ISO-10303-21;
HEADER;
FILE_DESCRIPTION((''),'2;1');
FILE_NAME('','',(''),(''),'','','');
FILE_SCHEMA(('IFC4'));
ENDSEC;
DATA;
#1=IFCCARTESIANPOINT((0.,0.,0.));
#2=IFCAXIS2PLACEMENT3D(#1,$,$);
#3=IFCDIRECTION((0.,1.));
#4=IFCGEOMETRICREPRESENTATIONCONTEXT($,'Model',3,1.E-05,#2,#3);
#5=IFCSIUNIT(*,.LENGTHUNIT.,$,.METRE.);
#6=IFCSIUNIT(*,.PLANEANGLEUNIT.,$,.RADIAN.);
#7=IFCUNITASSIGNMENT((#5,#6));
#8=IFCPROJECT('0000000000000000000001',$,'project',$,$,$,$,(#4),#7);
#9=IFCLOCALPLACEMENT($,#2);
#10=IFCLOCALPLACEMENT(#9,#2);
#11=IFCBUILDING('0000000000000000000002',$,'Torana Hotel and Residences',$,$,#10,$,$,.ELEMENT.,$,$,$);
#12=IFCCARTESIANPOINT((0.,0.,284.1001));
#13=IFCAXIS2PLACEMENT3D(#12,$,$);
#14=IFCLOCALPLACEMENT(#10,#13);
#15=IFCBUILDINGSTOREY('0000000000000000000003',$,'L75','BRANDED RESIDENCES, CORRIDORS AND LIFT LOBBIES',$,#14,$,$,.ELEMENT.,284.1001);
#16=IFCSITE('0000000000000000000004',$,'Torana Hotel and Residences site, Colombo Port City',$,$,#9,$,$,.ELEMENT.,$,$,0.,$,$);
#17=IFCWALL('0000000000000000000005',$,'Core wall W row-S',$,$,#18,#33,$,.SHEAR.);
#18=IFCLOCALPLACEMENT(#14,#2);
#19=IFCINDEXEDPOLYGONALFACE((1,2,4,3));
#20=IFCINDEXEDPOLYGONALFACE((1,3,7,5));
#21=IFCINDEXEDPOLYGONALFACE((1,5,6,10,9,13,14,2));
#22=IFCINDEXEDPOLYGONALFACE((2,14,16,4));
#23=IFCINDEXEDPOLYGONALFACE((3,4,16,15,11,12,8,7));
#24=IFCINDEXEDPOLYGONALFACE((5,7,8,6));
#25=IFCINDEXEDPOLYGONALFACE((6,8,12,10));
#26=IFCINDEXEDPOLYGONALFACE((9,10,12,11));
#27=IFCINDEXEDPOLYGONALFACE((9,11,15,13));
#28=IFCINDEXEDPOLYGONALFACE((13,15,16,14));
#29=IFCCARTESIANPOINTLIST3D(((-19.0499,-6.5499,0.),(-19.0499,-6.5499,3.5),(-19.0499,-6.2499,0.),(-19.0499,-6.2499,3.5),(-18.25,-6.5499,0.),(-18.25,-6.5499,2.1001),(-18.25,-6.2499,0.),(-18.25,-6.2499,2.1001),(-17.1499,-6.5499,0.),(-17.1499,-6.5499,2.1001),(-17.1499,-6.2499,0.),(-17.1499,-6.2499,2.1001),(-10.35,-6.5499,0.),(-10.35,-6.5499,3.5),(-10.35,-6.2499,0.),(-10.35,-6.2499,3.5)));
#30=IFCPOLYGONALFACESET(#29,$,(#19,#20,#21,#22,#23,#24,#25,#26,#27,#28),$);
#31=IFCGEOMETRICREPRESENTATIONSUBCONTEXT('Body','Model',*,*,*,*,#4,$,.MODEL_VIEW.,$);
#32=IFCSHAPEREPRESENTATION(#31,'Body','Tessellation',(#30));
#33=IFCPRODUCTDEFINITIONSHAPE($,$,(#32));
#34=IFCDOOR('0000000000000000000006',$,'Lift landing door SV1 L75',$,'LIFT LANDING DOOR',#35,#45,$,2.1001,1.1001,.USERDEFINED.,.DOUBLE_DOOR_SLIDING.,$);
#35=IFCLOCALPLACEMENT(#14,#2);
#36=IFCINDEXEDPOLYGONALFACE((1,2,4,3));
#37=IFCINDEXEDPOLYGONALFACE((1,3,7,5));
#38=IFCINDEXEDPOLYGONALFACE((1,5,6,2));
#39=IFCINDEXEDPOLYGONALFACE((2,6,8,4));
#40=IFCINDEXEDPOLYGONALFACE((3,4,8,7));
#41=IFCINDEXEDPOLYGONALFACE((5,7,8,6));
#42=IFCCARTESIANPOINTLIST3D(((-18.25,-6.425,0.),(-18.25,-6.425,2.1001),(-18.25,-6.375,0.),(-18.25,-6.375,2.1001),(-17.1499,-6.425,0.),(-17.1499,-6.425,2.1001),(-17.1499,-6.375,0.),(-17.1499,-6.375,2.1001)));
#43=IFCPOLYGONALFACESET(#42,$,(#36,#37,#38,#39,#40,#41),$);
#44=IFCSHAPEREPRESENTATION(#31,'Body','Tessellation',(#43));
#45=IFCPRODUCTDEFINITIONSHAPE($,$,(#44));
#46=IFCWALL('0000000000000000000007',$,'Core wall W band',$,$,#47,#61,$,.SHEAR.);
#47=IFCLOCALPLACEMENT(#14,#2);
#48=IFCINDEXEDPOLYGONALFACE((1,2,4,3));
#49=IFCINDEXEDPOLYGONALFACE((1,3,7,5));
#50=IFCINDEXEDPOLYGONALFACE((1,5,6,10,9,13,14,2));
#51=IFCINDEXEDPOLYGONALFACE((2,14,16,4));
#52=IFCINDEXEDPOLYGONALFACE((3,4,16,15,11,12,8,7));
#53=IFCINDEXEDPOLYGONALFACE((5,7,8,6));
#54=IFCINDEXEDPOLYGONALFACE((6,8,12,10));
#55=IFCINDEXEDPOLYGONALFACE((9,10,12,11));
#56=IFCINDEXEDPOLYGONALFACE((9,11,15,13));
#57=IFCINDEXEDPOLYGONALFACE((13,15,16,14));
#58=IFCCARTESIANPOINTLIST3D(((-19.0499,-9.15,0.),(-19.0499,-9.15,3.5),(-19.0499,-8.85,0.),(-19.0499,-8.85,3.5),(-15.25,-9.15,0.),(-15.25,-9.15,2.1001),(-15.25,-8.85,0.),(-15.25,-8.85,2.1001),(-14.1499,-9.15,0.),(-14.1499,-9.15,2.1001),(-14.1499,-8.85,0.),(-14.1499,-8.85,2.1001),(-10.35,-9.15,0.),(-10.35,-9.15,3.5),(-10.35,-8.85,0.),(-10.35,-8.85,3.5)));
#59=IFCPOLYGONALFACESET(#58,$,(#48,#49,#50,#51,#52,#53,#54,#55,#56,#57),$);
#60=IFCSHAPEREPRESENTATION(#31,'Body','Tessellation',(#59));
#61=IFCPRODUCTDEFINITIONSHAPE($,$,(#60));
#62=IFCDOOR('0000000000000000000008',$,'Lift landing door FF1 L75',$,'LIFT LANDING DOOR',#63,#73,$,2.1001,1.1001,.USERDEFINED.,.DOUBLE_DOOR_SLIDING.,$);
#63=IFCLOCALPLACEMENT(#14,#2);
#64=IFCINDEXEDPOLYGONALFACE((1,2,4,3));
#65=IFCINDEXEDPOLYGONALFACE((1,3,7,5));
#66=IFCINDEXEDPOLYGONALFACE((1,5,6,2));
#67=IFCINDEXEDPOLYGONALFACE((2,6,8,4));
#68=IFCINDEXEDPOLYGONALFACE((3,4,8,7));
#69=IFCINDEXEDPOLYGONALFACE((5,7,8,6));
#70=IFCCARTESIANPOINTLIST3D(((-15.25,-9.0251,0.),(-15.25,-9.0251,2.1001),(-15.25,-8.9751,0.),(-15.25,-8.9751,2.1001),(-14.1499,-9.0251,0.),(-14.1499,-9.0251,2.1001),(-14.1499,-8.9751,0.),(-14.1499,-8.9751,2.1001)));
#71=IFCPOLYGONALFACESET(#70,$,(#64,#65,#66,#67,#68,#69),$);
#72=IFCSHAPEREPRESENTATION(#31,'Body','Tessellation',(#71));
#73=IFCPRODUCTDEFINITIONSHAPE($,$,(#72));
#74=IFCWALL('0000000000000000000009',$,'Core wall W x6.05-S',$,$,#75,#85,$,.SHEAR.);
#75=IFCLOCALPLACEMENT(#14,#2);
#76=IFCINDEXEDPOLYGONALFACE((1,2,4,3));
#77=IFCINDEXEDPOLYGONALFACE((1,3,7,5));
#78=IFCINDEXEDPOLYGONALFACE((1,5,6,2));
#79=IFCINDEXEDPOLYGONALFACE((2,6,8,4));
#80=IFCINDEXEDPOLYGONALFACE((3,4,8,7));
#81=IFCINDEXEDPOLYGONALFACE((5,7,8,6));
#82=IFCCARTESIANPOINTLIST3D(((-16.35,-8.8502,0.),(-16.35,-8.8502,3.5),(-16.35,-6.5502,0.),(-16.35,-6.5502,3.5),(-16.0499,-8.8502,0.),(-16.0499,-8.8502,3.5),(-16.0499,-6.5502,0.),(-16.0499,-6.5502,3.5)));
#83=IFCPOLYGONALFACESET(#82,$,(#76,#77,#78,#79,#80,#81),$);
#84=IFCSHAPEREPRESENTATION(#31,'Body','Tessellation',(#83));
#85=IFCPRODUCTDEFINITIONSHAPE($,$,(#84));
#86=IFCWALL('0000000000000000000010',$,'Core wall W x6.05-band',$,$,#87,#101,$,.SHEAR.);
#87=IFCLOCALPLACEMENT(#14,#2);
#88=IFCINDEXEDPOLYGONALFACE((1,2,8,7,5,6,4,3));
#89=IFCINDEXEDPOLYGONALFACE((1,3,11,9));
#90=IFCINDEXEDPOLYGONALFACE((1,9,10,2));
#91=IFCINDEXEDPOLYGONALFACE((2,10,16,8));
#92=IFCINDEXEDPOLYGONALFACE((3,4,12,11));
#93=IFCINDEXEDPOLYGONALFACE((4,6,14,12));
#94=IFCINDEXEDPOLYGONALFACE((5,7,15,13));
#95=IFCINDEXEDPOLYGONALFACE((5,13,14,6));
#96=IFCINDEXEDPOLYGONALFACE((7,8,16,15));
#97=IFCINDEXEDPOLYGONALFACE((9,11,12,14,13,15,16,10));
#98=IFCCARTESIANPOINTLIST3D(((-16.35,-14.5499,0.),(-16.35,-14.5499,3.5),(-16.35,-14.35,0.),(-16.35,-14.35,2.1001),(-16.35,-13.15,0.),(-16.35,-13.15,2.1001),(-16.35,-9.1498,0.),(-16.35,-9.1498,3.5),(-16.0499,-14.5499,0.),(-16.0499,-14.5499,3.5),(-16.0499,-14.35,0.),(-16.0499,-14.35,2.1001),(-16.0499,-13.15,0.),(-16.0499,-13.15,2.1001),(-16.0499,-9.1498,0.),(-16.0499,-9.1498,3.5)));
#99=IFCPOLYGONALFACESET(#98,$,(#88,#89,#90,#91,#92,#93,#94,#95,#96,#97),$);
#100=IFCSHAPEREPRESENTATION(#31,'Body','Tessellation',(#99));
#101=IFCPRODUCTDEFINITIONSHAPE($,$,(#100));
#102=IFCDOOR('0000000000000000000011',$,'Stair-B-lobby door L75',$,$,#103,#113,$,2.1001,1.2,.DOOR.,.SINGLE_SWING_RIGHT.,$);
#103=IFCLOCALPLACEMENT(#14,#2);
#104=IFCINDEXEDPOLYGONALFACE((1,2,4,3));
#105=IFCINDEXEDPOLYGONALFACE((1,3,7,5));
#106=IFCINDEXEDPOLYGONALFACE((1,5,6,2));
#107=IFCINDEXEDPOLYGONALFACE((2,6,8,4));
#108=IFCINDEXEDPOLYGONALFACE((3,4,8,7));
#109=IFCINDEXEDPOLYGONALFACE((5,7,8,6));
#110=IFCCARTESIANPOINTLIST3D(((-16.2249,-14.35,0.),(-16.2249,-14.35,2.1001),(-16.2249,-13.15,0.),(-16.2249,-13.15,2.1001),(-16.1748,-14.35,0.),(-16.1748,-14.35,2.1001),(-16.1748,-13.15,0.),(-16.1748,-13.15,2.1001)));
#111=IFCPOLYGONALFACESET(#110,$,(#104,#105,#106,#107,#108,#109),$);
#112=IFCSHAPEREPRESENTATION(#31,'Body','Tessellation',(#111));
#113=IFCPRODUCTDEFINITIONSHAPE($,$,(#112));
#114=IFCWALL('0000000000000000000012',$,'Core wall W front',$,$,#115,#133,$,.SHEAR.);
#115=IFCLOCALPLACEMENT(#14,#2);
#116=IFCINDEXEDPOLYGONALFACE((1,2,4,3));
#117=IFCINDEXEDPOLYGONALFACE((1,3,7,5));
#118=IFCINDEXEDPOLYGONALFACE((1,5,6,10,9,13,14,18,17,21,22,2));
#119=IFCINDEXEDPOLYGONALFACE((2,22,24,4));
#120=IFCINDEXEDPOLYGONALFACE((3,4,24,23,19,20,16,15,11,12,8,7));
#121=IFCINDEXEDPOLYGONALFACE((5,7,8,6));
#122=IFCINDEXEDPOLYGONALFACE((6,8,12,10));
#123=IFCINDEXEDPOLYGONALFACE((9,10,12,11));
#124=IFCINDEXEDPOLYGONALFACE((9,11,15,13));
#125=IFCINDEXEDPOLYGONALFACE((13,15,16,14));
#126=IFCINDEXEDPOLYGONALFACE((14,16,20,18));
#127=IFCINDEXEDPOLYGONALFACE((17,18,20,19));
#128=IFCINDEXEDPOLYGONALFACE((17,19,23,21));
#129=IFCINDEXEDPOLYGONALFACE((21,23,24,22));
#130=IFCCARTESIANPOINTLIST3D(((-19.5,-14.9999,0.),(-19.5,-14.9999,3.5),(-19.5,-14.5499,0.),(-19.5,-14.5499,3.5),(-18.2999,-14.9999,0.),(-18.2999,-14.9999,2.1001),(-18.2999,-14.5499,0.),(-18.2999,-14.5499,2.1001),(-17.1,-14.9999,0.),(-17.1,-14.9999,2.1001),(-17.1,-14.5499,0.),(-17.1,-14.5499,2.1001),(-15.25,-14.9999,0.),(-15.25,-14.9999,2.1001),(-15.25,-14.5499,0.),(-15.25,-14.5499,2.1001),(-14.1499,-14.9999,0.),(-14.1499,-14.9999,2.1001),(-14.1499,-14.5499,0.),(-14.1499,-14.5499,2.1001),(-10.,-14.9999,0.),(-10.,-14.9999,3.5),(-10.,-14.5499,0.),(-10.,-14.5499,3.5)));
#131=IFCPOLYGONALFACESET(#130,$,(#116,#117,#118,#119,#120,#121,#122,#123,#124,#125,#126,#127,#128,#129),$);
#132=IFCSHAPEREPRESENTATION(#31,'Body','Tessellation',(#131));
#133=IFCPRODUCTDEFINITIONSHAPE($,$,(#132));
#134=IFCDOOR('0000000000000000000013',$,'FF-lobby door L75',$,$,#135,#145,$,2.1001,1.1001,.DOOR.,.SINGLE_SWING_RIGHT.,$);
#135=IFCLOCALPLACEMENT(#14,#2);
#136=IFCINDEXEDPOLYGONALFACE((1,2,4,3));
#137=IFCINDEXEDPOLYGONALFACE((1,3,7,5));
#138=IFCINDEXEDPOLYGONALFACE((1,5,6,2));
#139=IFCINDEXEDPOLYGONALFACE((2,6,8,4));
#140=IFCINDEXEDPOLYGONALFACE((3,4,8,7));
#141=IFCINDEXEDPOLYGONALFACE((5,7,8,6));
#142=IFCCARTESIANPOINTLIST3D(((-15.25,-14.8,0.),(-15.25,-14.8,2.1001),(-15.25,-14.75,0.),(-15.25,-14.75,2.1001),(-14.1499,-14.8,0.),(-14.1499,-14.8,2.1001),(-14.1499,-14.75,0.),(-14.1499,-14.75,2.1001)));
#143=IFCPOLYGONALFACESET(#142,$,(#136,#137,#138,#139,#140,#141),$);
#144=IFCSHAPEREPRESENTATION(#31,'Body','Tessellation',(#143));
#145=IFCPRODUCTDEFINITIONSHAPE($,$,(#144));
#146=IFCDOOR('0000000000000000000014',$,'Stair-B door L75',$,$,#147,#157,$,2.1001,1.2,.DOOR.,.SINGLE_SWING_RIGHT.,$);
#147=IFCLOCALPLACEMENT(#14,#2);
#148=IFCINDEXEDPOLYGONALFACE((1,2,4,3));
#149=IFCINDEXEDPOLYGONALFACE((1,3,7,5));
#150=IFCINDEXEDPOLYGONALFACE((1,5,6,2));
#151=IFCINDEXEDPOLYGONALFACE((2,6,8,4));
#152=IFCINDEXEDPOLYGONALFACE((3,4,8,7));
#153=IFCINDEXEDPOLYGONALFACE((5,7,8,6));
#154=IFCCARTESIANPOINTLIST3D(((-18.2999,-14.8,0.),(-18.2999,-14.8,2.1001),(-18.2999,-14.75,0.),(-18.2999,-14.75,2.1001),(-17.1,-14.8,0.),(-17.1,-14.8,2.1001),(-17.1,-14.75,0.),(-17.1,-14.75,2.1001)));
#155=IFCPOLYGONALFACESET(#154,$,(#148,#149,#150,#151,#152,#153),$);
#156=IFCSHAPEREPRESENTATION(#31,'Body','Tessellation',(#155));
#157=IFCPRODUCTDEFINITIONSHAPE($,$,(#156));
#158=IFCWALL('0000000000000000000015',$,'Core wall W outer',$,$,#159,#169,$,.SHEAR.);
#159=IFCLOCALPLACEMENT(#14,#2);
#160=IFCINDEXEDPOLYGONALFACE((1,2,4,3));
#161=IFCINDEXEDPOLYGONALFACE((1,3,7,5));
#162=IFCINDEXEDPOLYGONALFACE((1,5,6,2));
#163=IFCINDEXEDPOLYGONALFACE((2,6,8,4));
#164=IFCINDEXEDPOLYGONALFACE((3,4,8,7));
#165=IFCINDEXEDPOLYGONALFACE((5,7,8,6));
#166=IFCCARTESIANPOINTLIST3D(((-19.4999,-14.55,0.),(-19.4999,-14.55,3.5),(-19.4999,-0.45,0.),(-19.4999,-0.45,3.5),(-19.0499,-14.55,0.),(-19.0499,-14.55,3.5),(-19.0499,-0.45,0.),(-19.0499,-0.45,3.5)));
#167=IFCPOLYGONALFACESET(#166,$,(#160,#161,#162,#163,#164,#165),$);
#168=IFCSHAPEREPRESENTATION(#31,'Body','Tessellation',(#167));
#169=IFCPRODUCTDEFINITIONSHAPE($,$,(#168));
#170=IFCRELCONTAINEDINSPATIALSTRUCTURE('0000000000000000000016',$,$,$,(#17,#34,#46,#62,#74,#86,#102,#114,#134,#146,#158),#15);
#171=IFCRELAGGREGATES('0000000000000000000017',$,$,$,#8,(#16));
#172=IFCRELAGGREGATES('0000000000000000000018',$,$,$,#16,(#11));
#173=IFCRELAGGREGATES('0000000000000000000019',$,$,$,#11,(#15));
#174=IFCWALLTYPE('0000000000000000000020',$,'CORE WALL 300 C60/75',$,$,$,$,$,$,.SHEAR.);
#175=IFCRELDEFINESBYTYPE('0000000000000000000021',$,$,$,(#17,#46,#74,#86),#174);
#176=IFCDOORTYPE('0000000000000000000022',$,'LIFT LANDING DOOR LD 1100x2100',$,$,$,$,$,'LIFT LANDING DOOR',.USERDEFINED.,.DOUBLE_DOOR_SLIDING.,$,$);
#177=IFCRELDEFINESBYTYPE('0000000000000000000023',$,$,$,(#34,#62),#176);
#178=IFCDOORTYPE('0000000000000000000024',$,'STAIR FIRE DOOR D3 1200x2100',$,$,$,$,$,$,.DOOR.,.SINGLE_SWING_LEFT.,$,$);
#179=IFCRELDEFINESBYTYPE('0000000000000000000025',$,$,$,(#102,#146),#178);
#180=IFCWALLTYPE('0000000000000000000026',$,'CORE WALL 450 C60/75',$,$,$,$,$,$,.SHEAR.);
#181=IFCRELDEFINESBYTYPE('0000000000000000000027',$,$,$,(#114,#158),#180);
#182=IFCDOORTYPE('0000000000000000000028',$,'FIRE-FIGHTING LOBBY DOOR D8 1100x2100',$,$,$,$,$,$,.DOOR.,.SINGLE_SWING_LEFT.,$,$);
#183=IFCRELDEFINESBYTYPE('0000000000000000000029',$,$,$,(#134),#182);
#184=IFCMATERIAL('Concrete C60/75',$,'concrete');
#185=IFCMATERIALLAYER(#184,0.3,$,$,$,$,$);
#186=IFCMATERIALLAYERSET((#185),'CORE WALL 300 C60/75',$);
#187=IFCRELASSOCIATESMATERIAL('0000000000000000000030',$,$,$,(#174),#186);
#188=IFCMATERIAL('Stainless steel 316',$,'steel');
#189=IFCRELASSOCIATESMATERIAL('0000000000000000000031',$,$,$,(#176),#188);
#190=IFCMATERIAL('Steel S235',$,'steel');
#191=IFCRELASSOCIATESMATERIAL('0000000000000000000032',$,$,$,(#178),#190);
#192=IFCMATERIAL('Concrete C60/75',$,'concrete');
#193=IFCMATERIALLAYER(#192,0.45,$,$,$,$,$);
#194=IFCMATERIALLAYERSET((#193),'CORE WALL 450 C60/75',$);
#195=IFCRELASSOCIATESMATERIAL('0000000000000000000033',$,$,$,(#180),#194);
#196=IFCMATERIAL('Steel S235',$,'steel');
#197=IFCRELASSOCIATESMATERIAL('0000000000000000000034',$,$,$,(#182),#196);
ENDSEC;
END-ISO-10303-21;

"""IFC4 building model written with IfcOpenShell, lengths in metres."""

from ifc_helpers import new_model, si_unit, direction, frame, frame_2d, origin, place, context, subcontext, project, spatial, rectangle, extrude, material, layer, layer_set, type_object, element, fill, save


model = new_model("IFC4")

# Units and contexts
model_context = context("Model", 3, precision=1e-05, world=origin(), true_north=direction((0.0, 1.0)))
body_context = subcontext(model_context, "Body", "Model", "MODEL_VIEW")
ifc_project = project(units=[si_unit("LENGTHUNIT", "METRE"), si_unit("PLANEANGLEUNIT", "RADIAN")], contexts=[model_context])

# Site, building, storey
site_placement = place(None, origin())
site = spatial("IfcSite", under=ifc_project, at=site_placement, Name="Torana Hotel and Residences site, Colombo Port City", CompositionType="ELEMENT", RefElevation=0.0)
building_placement = place(site_placement, origin())
building = spatial("IfcBuilding", under=site, at=building_placement, Name="Torana Hotel and Residences", CompositionType="ELEMENT")
storey_placement = place(building_placement, frame((0.0, 0.0, 284.1001)))
storey = spatial("IfcBuildingStorey", under=building, at=storey_placement, Name="L75", Description="BRANDED RESIDENCES, CORRIDORS AND LIFT LOBBIES", CompositionType="ELEMENT", Elevation=284.1001)

# Walls, openings, doors
ifc_material_1 = material(Name="Concrete C60/75", Category="concrete")
ifc_layer_1 = layer(ifc_material_1, 0.3)
ifc_layer_set_1 = layer_set([ifc_layer_1], Name="CORE WALL 300 C60/75")
wall_type_1 = type_object("IfcWallType", Name="CORE WALL 300 C60/75", PredefinedType="SHEAR", material=ifc_layer_set_1)
wall_1_placement = place(storey_placement, frame((-19.05, -6.3999, 0.0), z_axis=(0.0, 0.0, 1.0), x_axis=(1.0, 0.0, 0.0)))
wall_1 = element("IfcWall", 1, at=wall_1_placement, inside=storey, type_object=wall_type_1, Name="Core wall W row-S", PredefinedType="SHEAR", context=body_context, shape_type="SweptSolid", body=[
    extrude(rectangle(XDim=8.7, YDim=0.3, at=frame_2d((4.3501, 0.0))), origin(), (0.0, 0.0, 1.0), 3.5),
])
opening_1_placement = place(wall_1_placement, frame((0.8, 0.0, 0.0)))
opening_1 = element("IfcOpeningElement", 2, at=opening_1_placement, cuts=wall_1, PredefinedType="OPENING", context=body_context, shape_type="SweptSolid", body=[
    extrude(rectangle(XDim=1.1001, YDim=2.1001, at=frame_2d((0.55, 1.05))), frame((0.0, 0.1599, 0.0), z_axis=(0.0, -1.0, 0.0), x_axis=(1.0, 0.0, 0.0)), (0.0, 0.0, 1.0), 0.3201),
])
ifc_material_2 = material(Name="Stainless steel 316", Category="steel")
door_type_1 = type_object("IfcDoorType", Name="LIFT LANDING DOOR LD 1100x2100", ElementType="LIFT LANDING DOOR", OperationType="DOUBLE_DOOR_SLIDING", PredefinedType="USERDEFINED", material=ifc_material_2)
door_1_placement = place(opening_1_placement, origin())
door_1 = element("IfcDoor", 3, at=door_1_placement, inside=storey, type_object=door_type_1, Name="Lift landing door SV1 L75", ObjectType="LIFT LANDING DOOR", OperationType="DOUBLE_DOOR_SLIDING", OverallHeight=2.1001, OverallWidth=1.1001, PredefinedType="USERDEFINED", context=body_context, shape_type="SweptSolid", body=[
    extrude(rectangle(XDim=1.1001, YDim=2.1001, at=frame_2d((0.55, 1.05))), frame((0.0, 0.0249, 0.0), z_axis=(0.0, -1.0, 0.0), x_axis=(1.0, 0.0, 0.0)), (0.0, 0.0, 1.0), 0.05),
])
fill(opening_1, door_1)
wall_2_placement = place(storey_placement, frame((-19.05, -9.0, 0.0), z_axis=(0.0, 0.0, 1.0), x_axis=(1.0, 0.0, 0.0)))
wall_2 = element("IfcWall", 4, at=wall_2_placement, inside=storey, type_object=wall_type_1, Name="Core wall W band", PredefinedType="SHEAR", context=body_context, shape_type="SweptSolid", body=[
    extrude(rectangle(XDim=8.7, YDim=0.3, at=frame_2d((4.3501, 0.0))), origin(), (0.0, 0.0, 1.0), 3.5),
])
opening_2_placement = place(wall_2_placement, frame((3.8, 0.0, 0.0)))
opening_2 = element("IfcOpeningElement", 5, at=opening_2_placement, cuts=wall_2, PredefinedType="OPENING", context=body_context, shape_type="SweptSolid", body=[
    extrude(rectangle(XDim=1.1001, YDim=2.1001, at=frame_2d((0.55, 1.05))), frame((0.0, 0.1599, 0.0), z_axis=(0.0, -1.0, 0.0), x_axis=(1.0, 0.0, 0.0)), (0.0, 0.0, 1.0), 0.3201),
])
door_2_placement = place(opening_2_placement, origin())
door_2 = element("IfcDoor", 6, at=door_2_placement, inside=storey, type_object=door_type_1, Name="Lift landing door FF1 L75", ObjectType="LIFT LANDING DOOR", OperationType="DOUBLE_DOOR_SLIDING", OverallHeight=2.1001, OverallWidth=1.1001, PredefinedType="USERDEFINED", context=body_context, shape_type="SweptSolid", body=[
    extrude(rectangle(XDim=1.1001, YDim=2.1001, at=frame_2d((0.55, 1.05))), frame((0.0, 0.0249, 0.0), z_axis=(0.0, -1.0, 0.0), x_axis=(1.0, 0.0, 0.0)), (0.0, 0.0, 1.0), 0.05),
])
fill(opening_2, door_2)

# Wall
wall_3_placement = place(storey_placement, frame((-16.2, -8.8501, 0.0), z_axis=(0.0, 0.0, 1.0), x_axis=(0.0, 1.0, 0.0)))
element("IfcWall", 7, at=wall_3_placement, inside=storey, type_object=wall_type_1, Name="Core wall W x6.05-S", PredefinedType="SHEAR", context=body_context, shape_type="SweptSolid", body=[
    extrude(rectangle(XDim=2.3, YDim=0.3, at=frame_2d((1.1499, 0.0))), origin(), (0.0, 0.0, 1.0), 3.5),
])

# Wall, opening, door
wall_4_placement = place(storey_placement, frame((-16.2, -14.55, 0.0), z_axis=(0.0, 0.0, 1.0), x_axis=(0.0, 1.0, 0.0)))
wall_4 = element("IfcWall", 8, at=wall_4_placement, inside=storey, type_object=wall_type_1, Name="Core wall W x6.05-band", PredefinedType="SHEAR", context=body_context, shape_type="SweptSolid", body=[
    extrude(rectangle(XDim=5.4001, YDim=0.3, at=frame_2d((2.7002, 0.0))), origin(), (0.0, 0.0, 1.0), 3.5),
])
opening_3_placement = place(wall_4_placement, frame((0.2, 0.0, 0.0)))
opening_3 = element("IfcOpeningElement", 9, at=opening_3_placement, cuts=wall_4, PredefinedType="OPENING", context=body_context, shape_type="SweptSolid", body=[
    extrude(rectangle(XDim=1.2, YDim=2.1001, at=frame_2d((0.6001, 1.05))), frame((0.0, 0.1599, 0.0), z_axis=(0.0, -1.0, 0.0), x_axis=(1.0, 0.0, 0.0)), (0.0, 0.0, 1.0), 0.3201),
])
ifc_material_3 = material(Name="Steel S235", Category="steel")
door_type_2 = type_object("IfcDoorType", Name="STAIR FIRE DOOR D3 1200x2100", OperationType="SINGLE_SWING_LEFT", PredefinedType="DOOR", material=ifc_material_3)
door_3_placement = place(opening_3_placement, origin())
door_3 = element("IfcDoor", 10, at=door_3_placement, inside=storey, type_object=door_type_2, Name="Stair-B-lobby door L75", OperationType="SINGLE_SWING_RIGHT", OverallHeight=2.1001, OverallWidth=1.2, PredefinedType="DOOR", context=body_context, shape_type="SweptSolid", body=[
    extrude(rectangle(XDim=1.2, YDim=2.1001, at=frame_2d((0.6001, 1.05))), frame((0.0, 0.0249, 0.0), z_axis=(0.0, -1.0, 0.0), x_axis=(1.0, 0.0, 0.0)), (0.0, 0.0, 1.0), 0.05),
])
fill(opening_3, door_3)

# Wall, openings, doors
ifc_material_4 = material(Name="Concrete C60/75", Category="concrete")
ifc_layer_2 = layer(ifc_material_4, 0.45)
ifc_layer_set_2 = layer_set([ifc_layer_2], Name="CORE WALL 450 C60/75")
wall_type_2 = type_object("IfcWallType", Name="CORE WALL 450 C60/75", PredefinedType="SHEAR", material=ifc_layer_set_2)
wall_5_placement = place(storey_placement, frame((-19.5, -14.7749, 0.0), z_axis=(0.0, 0.0, 1.0), x_axis=(1.0, 0.0, 0.0)))
wall_5 = element("IfcWall", 11, at=wall_5_placement, inside=storey, type_object=wall_type_2, Name="Core wall W front", PredefinedType="SHEAR", context=body_context, shape_type="SweptSolid", body=[
    extrude(rectangle(XDim=9.5, YDim=0.45, at=frame_2d((4.75, 0.0))), origin(), (0.0, 0.0, 1.0), 3.5),
])
opening_4_placement = place(wall_5_placement, frame((1.2, 0.0, 0.0)))
opening_4 = element("IfcOpeningElement", 12, at=opening_4_placement, cuts=wall_5, PredefinedType="OPENING", context=body_context, shape_type="SweptSolid", body=[
    extrude(rectangle(XDim=1.2, YDim=2.1001, at=frame_2d((0.6001, 1.05))), frame((0.0, 0.2349, 0.0), z_axis=(0.0, -1.0, 0.0), x_axis=(1.0, 0.0, 0.0)), (0.0, 0.0, 1.0), 0.47),
])
opening_5_placement = place(wall_5_placement, frame((4.25, 0.0, 0.0)))
opening_5 = element("IfcOpeningElement", 13, at=opening_5_placement, cuts=wall_5, PredefinedType="OPENING", context=body_context, shape_type="SweptSolid", body=[
    extrude(rectangle(XDim=1.1001, YDim=2.1001, at=frame_2d((0.55, 1.05))), frame((0.0, 0.2349, 0.0), z_axis=(0.0, -1.0, 0.0), x_axis=(1.0, 0.0, 0.0)), (0.0, 0.0, 1.0), 0.47),
])
ifc_material_5 = material(Name="Steel S235", Category="steel")
door_type_3 = type_object("IfcDoorType", Name="FIRE-FIGHTING LOBBY DOOR D8 1100x2100", OperationType="SINGLE_SWING_LEFT", PredefinedType="DOOR", material=ifc_material_5)
door_4_placement = place(opening_5_placement, origin())
door_4 = element("IfcDoor", 14, at=door_4_placement, inside=storey, type_object=door_type_3, Name="FF-lobby door L75", OperationType="SINGLE_SWING_RIGHT", OverallHeight=2.1001, OverallWidth=1.1001, PredefinedType="DOOR", context=body_context, shape_type="SweptSolid", body=[
    extrude(rectangle(XDim=1.1001, YDim=2.1001, at=frame_2d((0.55, 1.05))), frame((0.0, 0.0249, 0.0), z_axis=(0.0, -1.0, 0.0), x_axis=(1.0, 0.0, 0.0)), (0.0, 0.0, 1.0), 0.05),
])
fill(opening_5, door_4)
door_5_placement = place(opening_4_placement, origin())
door_5 = element("IfcDoor", 15, at=door_5_placement, inside=storey, type_object=door_type_2, Name="Stair-B door L75", OperationType="SINGLE_SWING_RIGHT", OverallHeight=2.1001, OverallWidth=1.2, PredefinedType="DOOR", context=body_context, shape_type="SweptSolid", body=[
    extrude(rectangle(XDim=1.2, YDim=2.1001, at=frame_2d((0.6001, 1.05))), frame((0.0, 0.0249, 0.0), z_axis=(0.0, -1.0, 0.0), x_axis=(1.0, 0.0, 0.0)), (0.0, 0.0, 1.0), 0.05),
])
fill(opening_4, door_5)

# Wall
wall_6_placement = place(storey_placement, frame((-19.2749, -14.55, 0.0), z_axis=(0.0, 0.0, 1.0), x_axis=(0.0, 1.0, 0.0)))
element("IfcWall", 16, at=wall_6_placement, inside=storey, type_object=wall_type_2, Name="Core wall W outer", PredefinedType="SHEAR", context=body_context, shape_type="SweptSolid", body=[
    extrude(rectangle(XDim=14.1001, YDim=0.45, at=frame_2d((7.05, 0.0))), origin(), (0.0, 0.0, 1.0), 3.5),
])

save(model, "model.ifc")
